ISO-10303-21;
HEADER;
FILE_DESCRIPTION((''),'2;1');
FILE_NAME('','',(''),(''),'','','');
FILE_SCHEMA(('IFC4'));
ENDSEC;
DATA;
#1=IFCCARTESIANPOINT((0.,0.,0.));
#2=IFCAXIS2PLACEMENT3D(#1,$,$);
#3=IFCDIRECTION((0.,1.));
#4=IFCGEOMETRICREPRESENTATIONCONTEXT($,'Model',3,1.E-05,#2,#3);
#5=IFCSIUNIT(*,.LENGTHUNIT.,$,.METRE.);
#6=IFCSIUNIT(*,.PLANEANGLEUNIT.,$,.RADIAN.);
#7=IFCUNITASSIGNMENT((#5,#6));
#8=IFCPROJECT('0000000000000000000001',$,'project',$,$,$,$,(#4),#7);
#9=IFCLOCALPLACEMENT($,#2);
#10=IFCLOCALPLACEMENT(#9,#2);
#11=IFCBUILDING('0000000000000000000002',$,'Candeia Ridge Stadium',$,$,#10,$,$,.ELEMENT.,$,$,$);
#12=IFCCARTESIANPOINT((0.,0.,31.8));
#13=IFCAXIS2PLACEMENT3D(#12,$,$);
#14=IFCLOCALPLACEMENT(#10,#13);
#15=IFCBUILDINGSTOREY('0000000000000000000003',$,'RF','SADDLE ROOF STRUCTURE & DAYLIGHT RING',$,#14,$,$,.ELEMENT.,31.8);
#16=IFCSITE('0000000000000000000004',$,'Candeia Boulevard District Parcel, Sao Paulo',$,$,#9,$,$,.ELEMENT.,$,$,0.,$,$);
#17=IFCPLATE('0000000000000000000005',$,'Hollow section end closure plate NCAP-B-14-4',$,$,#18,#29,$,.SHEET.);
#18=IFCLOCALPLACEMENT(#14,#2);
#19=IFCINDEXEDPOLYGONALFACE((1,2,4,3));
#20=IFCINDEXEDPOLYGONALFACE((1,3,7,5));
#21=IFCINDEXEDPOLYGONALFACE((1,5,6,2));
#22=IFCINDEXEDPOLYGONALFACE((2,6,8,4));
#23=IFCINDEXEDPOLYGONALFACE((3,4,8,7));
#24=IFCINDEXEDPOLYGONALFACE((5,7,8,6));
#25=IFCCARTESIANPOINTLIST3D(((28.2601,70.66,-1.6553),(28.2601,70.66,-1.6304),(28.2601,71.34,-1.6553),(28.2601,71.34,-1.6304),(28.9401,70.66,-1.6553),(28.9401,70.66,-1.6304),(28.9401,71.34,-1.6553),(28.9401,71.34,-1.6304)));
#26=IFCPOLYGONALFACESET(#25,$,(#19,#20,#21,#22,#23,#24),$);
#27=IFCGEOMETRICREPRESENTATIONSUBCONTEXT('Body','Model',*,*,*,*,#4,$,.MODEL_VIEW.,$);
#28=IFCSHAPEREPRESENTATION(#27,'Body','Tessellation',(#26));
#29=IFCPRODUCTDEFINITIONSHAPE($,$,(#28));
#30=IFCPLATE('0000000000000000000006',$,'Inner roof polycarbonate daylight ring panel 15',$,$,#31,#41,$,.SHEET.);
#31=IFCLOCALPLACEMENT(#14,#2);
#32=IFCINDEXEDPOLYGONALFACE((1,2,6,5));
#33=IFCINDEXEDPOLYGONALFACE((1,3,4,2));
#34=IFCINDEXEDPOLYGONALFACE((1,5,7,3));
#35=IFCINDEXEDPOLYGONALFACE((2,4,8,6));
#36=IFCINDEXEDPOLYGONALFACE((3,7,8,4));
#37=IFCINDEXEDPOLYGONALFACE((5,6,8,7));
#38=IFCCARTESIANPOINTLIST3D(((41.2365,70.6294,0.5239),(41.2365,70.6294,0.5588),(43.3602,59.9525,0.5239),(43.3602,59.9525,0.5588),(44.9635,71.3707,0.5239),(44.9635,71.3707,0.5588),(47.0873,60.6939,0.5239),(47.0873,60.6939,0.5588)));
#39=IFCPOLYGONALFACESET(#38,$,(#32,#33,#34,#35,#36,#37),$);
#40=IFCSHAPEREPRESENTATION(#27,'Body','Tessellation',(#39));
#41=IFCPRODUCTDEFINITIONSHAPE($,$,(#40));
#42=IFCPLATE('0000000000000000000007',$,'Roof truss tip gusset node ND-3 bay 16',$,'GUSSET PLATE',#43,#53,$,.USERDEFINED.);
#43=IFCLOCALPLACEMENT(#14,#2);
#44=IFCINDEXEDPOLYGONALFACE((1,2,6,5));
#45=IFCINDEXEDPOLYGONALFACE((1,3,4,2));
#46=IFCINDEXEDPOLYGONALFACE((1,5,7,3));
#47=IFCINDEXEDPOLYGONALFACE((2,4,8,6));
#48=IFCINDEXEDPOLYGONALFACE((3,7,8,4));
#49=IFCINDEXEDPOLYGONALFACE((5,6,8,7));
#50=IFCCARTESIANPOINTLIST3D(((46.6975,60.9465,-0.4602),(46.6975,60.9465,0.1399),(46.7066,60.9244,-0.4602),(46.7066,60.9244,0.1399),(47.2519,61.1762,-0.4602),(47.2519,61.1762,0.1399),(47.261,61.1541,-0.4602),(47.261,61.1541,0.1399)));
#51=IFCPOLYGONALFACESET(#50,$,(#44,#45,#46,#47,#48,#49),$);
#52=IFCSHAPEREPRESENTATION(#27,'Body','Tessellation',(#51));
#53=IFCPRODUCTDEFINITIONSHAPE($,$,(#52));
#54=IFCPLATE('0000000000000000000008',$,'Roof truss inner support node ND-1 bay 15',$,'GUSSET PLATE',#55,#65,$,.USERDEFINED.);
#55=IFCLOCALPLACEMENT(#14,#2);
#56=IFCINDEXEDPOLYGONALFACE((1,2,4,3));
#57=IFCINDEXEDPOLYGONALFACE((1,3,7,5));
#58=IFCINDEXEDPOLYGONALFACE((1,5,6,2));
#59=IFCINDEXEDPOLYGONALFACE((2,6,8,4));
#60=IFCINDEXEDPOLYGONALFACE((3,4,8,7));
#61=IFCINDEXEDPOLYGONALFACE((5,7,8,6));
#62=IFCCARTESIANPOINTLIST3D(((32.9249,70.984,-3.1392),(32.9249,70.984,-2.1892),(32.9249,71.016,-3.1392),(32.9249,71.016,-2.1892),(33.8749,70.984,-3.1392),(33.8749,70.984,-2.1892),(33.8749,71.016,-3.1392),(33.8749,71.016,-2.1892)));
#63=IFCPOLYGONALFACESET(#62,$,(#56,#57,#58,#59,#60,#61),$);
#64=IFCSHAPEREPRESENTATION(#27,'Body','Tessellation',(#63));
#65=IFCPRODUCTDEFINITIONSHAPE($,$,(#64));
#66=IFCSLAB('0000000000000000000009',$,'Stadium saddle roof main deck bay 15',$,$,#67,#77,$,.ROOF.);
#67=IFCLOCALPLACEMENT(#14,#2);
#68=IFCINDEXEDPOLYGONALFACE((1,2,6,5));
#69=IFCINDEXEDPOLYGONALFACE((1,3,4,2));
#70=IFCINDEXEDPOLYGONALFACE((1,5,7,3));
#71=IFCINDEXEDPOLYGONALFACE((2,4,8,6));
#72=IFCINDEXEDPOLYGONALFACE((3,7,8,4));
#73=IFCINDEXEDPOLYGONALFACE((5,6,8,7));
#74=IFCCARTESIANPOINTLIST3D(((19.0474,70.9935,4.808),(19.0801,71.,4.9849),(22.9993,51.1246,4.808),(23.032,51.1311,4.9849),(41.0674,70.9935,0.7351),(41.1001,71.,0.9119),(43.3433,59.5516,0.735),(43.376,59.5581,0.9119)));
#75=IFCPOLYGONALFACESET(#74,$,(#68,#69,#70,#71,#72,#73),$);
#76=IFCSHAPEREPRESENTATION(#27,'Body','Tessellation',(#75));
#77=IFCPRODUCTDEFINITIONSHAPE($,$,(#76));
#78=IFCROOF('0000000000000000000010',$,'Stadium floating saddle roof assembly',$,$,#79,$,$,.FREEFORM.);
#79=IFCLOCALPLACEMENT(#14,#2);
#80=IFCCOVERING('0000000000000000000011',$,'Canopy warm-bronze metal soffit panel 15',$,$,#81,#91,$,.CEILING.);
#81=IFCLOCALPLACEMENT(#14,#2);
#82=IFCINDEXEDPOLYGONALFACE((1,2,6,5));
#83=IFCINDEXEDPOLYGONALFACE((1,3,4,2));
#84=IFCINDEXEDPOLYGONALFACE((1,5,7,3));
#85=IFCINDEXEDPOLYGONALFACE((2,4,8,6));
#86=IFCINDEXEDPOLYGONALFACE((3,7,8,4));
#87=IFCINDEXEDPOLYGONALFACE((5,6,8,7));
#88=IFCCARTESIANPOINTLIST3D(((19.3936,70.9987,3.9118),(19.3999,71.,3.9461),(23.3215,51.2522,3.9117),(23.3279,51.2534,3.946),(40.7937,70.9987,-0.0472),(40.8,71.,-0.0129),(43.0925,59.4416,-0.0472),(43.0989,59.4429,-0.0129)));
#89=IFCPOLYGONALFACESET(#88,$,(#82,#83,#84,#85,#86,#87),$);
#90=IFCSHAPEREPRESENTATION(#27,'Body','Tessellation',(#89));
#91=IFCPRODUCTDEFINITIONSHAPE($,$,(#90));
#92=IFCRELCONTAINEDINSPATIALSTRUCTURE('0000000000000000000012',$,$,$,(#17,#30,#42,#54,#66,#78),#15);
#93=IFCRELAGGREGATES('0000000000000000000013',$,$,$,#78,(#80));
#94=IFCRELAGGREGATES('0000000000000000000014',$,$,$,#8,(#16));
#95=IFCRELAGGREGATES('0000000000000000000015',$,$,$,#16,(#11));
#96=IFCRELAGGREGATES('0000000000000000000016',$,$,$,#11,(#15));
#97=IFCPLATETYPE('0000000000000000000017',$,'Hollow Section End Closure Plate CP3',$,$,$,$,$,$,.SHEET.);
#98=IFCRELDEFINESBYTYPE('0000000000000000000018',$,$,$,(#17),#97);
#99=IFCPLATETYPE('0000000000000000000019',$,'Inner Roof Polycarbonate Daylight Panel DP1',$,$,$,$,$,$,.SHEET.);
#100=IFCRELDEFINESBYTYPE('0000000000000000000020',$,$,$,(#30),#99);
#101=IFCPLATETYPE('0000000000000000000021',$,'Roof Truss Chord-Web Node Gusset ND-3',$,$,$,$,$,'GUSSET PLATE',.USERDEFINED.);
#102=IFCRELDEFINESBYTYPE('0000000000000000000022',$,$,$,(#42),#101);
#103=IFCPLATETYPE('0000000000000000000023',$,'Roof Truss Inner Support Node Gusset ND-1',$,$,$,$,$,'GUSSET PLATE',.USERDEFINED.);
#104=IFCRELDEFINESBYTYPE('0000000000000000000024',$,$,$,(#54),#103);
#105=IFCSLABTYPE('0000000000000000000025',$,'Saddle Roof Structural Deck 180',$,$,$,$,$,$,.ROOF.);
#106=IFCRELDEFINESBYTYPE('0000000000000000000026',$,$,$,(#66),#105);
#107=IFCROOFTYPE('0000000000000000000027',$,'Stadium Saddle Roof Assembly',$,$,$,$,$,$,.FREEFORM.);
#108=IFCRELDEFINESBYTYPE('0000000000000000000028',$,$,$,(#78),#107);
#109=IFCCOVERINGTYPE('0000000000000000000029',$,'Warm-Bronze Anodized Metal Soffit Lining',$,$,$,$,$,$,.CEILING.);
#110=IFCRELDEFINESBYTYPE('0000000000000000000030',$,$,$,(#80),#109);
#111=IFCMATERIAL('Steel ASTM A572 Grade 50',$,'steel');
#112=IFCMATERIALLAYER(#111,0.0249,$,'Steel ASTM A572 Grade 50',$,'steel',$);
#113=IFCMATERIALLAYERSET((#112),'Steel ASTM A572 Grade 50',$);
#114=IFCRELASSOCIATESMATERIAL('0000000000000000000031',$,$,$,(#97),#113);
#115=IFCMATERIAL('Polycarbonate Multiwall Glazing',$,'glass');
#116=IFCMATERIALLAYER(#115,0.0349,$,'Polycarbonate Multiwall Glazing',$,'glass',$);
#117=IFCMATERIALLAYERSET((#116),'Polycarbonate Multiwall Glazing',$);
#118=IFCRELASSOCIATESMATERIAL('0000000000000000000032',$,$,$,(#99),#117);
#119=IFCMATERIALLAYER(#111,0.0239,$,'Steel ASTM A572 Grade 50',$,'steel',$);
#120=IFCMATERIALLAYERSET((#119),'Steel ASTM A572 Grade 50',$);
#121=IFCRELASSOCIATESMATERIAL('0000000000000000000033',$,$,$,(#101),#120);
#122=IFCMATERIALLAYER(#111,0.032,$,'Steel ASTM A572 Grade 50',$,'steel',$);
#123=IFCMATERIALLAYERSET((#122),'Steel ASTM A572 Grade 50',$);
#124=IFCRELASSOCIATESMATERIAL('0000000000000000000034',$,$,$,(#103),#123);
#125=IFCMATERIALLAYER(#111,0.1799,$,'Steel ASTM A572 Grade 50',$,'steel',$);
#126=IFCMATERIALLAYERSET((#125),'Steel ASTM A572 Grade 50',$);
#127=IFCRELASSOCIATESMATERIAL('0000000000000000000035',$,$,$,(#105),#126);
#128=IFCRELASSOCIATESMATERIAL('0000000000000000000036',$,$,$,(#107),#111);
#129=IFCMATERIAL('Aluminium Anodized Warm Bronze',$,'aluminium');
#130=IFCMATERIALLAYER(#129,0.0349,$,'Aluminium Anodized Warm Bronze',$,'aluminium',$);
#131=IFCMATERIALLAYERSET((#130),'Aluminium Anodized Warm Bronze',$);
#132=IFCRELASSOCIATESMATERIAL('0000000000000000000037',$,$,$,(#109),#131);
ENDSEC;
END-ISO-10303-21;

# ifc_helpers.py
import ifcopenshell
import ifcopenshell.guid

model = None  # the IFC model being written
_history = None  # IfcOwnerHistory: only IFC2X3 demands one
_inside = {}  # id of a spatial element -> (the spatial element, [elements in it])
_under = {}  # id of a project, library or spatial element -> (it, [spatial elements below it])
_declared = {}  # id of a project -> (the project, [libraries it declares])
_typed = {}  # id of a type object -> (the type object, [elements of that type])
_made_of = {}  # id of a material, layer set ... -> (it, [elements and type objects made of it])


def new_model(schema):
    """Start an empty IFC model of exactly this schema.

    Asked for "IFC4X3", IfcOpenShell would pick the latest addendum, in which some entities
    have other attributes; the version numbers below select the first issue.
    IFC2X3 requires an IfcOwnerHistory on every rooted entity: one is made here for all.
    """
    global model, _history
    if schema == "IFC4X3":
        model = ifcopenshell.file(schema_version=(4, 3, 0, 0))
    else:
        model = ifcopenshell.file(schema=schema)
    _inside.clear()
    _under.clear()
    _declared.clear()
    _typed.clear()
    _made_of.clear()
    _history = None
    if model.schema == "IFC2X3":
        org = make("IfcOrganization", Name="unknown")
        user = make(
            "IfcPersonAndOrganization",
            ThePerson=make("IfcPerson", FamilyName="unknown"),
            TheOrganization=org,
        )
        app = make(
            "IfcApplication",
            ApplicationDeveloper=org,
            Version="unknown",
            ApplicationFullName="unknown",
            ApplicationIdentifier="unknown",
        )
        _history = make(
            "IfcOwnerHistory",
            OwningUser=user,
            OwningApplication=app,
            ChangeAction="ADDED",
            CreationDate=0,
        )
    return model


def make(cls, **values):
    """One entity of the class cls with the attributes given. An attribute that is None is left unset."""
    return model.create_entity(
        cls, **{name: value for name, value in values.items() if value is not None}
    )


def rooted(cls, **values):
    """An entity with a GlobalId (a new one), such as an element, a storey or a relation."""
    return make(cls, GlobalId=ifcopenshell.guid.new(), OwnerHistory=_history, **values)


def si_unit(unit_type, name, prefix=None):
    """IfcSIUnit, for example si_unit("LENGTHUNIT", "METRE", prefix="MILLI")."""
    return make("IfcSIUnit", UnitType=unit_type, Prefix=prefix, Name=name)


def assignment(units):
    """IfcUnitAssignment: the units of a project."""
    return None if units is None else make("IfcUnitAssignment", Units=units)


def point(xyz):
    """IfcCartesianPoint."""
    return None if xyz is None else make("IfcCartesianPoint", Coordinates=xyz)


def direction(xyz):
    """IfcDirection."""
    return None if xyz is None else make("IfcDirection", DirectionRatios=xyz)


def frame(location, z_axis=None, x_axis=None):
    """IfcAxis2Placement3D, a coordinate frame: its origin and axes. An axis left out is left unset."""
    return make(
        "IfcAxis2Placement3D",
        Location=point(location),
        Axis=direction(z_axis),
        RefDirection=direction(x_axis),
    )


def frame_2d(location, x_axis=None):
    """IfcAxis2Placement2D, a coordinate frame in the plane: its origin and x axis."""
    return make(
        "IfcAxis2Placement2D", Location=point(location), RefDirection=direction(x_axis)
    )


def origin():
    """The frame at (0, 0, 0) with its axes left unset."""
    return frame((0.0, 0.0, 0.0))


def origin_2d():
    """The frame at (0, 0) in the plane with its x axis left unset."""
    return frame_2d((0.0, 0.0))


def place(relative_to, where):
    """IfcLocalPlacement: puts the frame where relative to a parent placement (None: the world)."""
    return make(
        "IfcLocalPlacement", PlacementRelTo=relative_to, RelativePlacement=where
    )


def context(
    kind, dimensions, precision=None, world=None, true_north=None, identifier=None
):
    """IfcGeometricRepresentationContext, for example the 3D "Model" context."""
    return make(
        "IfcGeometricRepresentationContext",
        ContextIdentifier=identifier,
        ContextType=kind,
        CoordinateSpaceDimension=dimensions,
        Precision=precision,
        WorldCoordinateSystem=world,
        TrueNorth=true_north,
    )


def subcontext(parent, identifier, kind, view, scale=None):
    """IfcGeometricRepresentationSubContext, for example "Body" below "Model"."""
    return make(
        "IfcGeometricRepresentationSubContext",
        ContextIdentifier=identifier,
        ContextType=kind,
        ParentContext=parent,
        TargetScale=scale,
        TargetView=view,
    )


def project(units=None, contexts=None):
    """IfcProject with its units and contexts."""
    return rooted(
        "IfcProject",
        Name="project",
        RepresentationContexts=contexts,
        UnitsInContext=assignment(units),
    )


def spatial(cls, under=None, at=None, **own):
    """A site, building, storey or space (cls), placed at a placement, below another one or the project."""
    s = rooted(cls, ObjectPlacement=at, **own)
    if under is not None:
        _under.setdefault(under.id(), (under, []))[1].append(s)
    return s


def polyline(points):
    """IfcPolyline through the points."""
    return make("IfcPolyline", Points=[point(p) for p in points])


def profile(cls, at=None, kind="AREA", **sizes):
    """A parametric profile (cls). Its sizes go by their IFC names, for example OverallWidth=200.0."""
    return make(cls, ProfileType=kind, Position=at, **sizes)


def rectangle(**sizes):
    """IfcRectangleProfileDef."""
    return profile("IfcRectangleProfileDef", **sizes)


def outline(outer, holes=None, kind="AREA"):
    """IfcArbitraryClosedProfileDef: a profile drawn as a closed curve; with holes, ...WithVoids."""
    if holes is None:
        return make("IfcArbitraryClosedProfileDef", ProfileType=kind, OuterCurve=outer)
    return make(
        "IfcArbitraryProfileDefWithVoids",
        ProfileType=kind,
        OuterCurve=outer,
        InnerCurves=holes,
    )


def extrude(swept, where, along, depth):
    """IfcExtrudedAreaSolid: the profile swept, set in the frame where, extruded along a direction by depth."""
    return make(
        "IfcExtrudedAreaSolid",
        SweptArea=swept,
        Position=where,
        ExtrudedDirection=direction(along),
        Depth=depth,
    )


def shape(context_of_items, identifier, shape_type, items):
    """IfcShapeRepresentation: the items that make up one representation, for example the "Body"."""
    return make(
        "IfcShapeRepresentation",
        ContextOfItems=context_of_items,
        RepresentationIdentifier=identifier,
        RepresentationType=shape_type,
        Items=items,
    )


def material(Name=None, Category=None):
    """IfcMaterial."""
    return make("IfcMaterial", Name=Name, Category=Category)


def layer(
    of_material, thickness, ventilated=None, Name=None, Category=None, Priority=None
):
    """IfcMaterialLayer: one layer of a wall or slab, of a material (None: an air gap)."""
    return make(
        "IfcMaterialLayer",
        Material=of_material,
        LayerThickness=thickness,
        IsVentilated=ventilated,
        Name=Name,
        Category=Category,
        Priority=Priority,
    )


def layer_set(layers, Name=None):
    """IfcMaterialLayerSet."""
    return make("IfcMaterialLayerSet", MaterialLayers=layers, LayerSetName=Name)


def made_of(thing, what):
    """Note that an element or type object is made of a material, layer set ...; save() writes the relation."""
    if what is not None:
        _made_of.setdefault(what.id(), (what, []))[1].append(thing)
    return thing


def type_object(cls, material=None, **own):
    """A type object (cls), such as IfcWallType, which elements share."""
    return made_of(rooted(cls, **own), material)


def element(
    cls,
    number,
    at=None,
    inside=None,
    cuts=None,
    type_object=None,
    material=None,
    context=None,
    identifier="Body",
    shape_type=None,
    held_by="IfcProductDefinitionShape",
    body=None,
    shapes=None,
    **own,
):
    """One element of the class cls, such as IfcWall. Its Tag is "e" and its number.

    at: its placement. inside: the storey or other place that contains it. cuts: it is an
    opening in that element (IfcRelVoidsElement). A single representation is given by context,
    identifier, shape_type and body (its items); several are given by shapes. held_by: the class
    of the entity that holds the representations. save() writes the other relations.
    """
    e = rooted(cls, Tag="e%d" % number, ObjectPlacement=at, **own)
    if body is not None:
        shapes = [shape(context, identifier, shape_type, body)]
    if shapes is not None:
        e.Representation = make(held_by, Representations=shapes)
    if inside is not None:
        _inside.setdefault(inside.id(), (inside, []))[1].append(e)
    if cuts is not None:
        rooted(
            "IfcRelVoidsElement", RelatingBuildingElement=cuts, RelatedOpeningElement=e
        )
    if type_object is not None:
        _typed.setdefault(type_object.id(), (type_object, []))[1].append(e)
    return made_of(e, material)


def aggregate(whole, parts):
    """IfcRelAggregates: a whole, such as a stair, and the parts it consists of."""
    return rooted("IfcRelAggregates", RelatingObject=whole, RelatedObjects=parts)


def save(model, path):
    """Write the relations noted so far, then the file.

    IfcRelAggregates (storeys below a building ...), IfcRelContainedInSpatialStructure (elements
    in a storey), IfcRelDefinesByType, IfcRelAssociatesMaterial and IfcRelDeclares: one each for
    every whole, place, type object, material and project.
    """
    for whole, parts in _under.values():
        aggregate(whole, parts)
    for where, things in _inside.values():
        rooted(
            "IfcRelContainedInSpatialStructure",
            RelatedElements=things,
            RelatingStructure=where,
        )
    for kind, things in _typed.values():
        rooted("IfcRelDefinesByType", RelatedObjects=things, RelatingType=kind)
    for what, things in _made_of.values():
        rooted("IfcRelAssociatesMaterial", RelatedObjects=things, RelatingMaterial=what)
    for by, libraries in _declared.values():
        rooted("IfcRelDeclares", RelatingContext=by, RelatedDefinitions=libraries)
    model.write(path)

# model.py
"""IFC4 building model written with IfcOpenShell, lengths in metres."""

from ifc_helpers import new_model, si_unit, direction, frame, origin, origin_2d, place, context, subcontext, project, spatial, polyline, rectangle, outline, extrude, material, layer, layer_set, type_object, element, aggregate, save


model = new_model("IFC4")

# Units and contexts
model_context = context("Model", 3, precision=1e-05, world=origin(), true_north=direction((0.0, 1.0)))
body_context = subcontext(model_context, "Body", "Model", "MODEL_VIEW")
ifc_project = project(units=[si_unit("LENGTHUNIT", "METRE"), si_unit("PLANEANGLEUNIT", "RADIAN")], contexts=[model_context])

# Site, building, storey
site_placement = place(None, origin())
site = spatial("IfcSite", under=ifc_project, at=site_placement, Name="Candeia Boulevard District Parcel, Sao Paulo", CompositionType="ELEMENT", RefElevation=0.0)
building_placement = place(site_placement, origin())
building = spatial("IfcBuilding", under=site, at=building_placement, Name="Candeia Ridge Stadium", CompositionType="ELEMENT")
storey_placement = place(building_placement, frame((0.0, 0.0, 31.8)))
storey = spatial("IfcBuildingStorey", under=building, at=storey_placement, Name="RF", Description="SADDLE ROOF STRUCTURE & DAYLIGHT RING", CompositionType="ELEMENT", Elevation=31.8)

# Shared definitions
ifc_material_1 = material(Name="Steel ASTM A572 Grade 50", Category="steel")

# Plates
ifc_layer_1 = layer(ifc_material_1, 0.0249, Name="Steel ASTM A572 Grade 50", Category="steel")
ifc_layer_set_1 = layer_set([ifc_layer_1], Name="Steel ASTM A572 Grade 50")
plate_type_1 = type_object("IfcPlateType", Name="Hollow Section End Closure Plate CP3", PredefinedType="SHEET", material=ifc_layer_set_1)
for number, where, z_axis, x_axis, name in (
    (1, (28.6001, 71.0, -1.6553), (0.0, 0.0, 1.0), (1.0, 0.0, 0.0), "Hollow section end closure plate NCAP-B-14-4"),
):
    element("IfcPlate", number, at=place(storey_placement, frame(where, z_axis=z_axis, x_axis=x_axis)), inside=storey, type_object=plate_type_1, Name=name, PredefinedType="SHEET", context=body_context, shape_type="SweptSolid", body=[
        extrude(rectangle(XDim=0.6799, YDim=0.6799, at=origin_2d()), origin(), (0.0, 0.0, 1.0), 0.0249),
    ])
ifc_material_2 = material(Name="Polycarbonate Multiwall Glazing", Category="glass")
ifc_layer_2 = layer(ifc_material_2, 0.0349, Name="Polycarbonate Multiwall Glazing", Category="glass")
ifc_layer_set_2 = layer_set([ifc_layer_2], Name="Polycarbonate Multiwall Glazing")
plate_type_2 = type_object("IfcPlateType", Name="Inner Roof Polycarbonate Daylight Panel DP1", PredefinedType="SHEET", material=ifc_layer_set_2)
plate_1_placement = place(storey_placement, frame((44.1619, 65.6616, 0.5239), z_axis=(0.0, 0.0, 1.0), x_axis=(0.19509, -0.980785, 0.0)))
element("IfcPlate", 2, at=plate_1_placement, inside=storey, type_object=plate_type_2, Name="Inner roof polycarbonate daylight ring panel 15", PredefinedType="SHEET", context=body_context, shape_type="SweptSolid", body=[
    extrude(rectangle(XDim=10.886, YDim=3.8, at=origin_2d()), origin(), (0.0, 0.0, 1.0), 0.0349),
])
ifc_layer_3 = layer(ifc_material_1, 0.0239, Name="Steel ASTM A572 Grade 50", Category="steel")
ifc_layer_set_3 = layer_set([ifc_layer_3], Name="Steel ASTM A572 Grade 50")
plate_type_3 = type_object("IfcPlateType", Name="Roof Truss Chord-Web Node Gusset ND-3", ElementType="GUSSET PLATE", PredefinedType="USERDEFINED", material=ifc_layer_set_3)
plate_2_placement = place(storey_placement, frame((46.9792, 61.0503, -0.4602), z_axis=(0.0, 0.0, 1.0), x_axis=(-0.92388, -0.382683, 0.0)))
element("IfcPlate", 3, at=plate_2_placement, inside=storey, type_object=plate_type_3, Name="Roof truss tip gusset node ND-3 bay 16", ObjectType="GUSSET PLATE", PredefinedType="USERDEFINED", context=body_context, shape_type="SweptSolid", body=[
    extrude(rectangle(XDim=0.6001, YDim=0.0239, at=origin_2d()), origin(), (0.0, 0.0, 1.0), 0.6001),
])
ifc_layer_4 = layer(ifc_material_1, 0.032, Name="Steel ASTM A572 Grade 50", Category="steel")
ifc_layer_set_4 = layer_set([ifc_layer_4], Name="Steel ASTM A572 Grade 50")
plate_type_4 = type_object("IfcPlateType", Name="Roof Truss Inner Support Node Gusset ND-1", ElementType="GUSSET PLATE", PredefinedType="USERDEFINED", material=ifc_layer_set_4)
plate_3_placement = place(storey_placement, frame((33.3999, 71.0, -3.1392), z_axis=(0.0, 0.0, 1.0), x_axis=(-1.0, 0.0, 0.0)))
element("IfcPlate", 4, at=plate_3_placement, inside=storey, type_object=plate_type_4, Name="Roof truss inner support node ND-1 bay 15", ObjectType="GUSSET PLATE", PredefinedType="USERDEFINED", context=body_context, shape_type="SweptSolid", body=[
    extrude(rectangle(XDim=0.95, YDim=0.032, at=origin_2d()), origin(), (0.0, 0.0, 1.0), 0.95),
])

# Slab
ifc_layer_5 = layer(ifc_material_1, 0.1799, Name="Steel ASTM A572 Grade 50", Category="steel")
ifc_layer_set_5 = layer_set([ifc_layer_5], Name="Steel ASTM A572 Grade 50")
slab_type = type_object("IfcSlabType", Name="Saddle Roof Structural Deck 180", PredefinedType="ROOF", material=ifc_layer_set_5)
slab_placement = place(storey_placement, frame((41.1001, 71.0, 0.9119), z_axis=(0.181763, 0.036153, 0.982677), x_axis=(0.195086, -0.980786, -0.000001)))
element("IfcSlab", 5, at=slab_placement, inside=storey, type_object=slab_type, Name="Stadium saddle roof main deck bay 15", PredefinedType="ROOF", context=body_context, shape_type="SweptSolid", body=[
    extrude(outline(polyline([(0.0, 0.0), (11.666, 0.0), (15.9623, -21.9778), (-4.2958, -21.9776), (0.0, 0.0)])), origin(), (0.0, 0.0, -1.0), 0.1799),
])

# Roof, covering
roof_type = type_object("IfcRoofType", Name="Stadium Saddle Roof Assembly", PredefinedType="FREEFORM", material=ifc_material_1)
roof_placement = place(storey_placement, origin())
roof = element("IfcRoof", 6, at=roof_placement, inside=storey, type_object=roof_type, Name="Stadium floating saddle roof assembly", PredefinedType="FREEFORM")
ifc_material_3 = material(Name="Aluminium Anodized Warm Bronze", Category="aluminium")
ifc_layer_6 = layer(ifc_material_3, 0.0349, Name="Aluminium Anodized Warm Bronze", Category="aluminium")
ifc_layer_set_6 = layer_set([ifc_layer_6], Name="Aluminium Anodized Warm Bronze")
covering_type = type_object("IfcCoveringType", Name="Warm-Bronze Anodized Metal Soffit Lining", PredefinedType="CEILING", material=ifc_layer_set_6)
covering_placement = place(storey_placement, frame((40.8, 71.0, -0.0129), z_axis=(0.181793, 0.036162, 0.982672), x_axis=(0.195088, -0.980786, 0.000001)))
covering = element("IfcCovering", 7, at=covering_placement, type_object=covering_type, Name="Canopy warm-bronze metal soffit panel 15", PredefinedType="CEILING", context=body_context, shape_type="SweptSolid", body=[
    extrude(outline(polyline([(0.0, 0.0), (11.7835, 0.0), (15.9586, -21.3589), (-4.1749, -21.3591), (0.0, 0.0)])), origin(), (0.0, 0.0, -1.0), 0.0349),
])
aggregate(roof, [covering])

save(model, "model.ifc")
